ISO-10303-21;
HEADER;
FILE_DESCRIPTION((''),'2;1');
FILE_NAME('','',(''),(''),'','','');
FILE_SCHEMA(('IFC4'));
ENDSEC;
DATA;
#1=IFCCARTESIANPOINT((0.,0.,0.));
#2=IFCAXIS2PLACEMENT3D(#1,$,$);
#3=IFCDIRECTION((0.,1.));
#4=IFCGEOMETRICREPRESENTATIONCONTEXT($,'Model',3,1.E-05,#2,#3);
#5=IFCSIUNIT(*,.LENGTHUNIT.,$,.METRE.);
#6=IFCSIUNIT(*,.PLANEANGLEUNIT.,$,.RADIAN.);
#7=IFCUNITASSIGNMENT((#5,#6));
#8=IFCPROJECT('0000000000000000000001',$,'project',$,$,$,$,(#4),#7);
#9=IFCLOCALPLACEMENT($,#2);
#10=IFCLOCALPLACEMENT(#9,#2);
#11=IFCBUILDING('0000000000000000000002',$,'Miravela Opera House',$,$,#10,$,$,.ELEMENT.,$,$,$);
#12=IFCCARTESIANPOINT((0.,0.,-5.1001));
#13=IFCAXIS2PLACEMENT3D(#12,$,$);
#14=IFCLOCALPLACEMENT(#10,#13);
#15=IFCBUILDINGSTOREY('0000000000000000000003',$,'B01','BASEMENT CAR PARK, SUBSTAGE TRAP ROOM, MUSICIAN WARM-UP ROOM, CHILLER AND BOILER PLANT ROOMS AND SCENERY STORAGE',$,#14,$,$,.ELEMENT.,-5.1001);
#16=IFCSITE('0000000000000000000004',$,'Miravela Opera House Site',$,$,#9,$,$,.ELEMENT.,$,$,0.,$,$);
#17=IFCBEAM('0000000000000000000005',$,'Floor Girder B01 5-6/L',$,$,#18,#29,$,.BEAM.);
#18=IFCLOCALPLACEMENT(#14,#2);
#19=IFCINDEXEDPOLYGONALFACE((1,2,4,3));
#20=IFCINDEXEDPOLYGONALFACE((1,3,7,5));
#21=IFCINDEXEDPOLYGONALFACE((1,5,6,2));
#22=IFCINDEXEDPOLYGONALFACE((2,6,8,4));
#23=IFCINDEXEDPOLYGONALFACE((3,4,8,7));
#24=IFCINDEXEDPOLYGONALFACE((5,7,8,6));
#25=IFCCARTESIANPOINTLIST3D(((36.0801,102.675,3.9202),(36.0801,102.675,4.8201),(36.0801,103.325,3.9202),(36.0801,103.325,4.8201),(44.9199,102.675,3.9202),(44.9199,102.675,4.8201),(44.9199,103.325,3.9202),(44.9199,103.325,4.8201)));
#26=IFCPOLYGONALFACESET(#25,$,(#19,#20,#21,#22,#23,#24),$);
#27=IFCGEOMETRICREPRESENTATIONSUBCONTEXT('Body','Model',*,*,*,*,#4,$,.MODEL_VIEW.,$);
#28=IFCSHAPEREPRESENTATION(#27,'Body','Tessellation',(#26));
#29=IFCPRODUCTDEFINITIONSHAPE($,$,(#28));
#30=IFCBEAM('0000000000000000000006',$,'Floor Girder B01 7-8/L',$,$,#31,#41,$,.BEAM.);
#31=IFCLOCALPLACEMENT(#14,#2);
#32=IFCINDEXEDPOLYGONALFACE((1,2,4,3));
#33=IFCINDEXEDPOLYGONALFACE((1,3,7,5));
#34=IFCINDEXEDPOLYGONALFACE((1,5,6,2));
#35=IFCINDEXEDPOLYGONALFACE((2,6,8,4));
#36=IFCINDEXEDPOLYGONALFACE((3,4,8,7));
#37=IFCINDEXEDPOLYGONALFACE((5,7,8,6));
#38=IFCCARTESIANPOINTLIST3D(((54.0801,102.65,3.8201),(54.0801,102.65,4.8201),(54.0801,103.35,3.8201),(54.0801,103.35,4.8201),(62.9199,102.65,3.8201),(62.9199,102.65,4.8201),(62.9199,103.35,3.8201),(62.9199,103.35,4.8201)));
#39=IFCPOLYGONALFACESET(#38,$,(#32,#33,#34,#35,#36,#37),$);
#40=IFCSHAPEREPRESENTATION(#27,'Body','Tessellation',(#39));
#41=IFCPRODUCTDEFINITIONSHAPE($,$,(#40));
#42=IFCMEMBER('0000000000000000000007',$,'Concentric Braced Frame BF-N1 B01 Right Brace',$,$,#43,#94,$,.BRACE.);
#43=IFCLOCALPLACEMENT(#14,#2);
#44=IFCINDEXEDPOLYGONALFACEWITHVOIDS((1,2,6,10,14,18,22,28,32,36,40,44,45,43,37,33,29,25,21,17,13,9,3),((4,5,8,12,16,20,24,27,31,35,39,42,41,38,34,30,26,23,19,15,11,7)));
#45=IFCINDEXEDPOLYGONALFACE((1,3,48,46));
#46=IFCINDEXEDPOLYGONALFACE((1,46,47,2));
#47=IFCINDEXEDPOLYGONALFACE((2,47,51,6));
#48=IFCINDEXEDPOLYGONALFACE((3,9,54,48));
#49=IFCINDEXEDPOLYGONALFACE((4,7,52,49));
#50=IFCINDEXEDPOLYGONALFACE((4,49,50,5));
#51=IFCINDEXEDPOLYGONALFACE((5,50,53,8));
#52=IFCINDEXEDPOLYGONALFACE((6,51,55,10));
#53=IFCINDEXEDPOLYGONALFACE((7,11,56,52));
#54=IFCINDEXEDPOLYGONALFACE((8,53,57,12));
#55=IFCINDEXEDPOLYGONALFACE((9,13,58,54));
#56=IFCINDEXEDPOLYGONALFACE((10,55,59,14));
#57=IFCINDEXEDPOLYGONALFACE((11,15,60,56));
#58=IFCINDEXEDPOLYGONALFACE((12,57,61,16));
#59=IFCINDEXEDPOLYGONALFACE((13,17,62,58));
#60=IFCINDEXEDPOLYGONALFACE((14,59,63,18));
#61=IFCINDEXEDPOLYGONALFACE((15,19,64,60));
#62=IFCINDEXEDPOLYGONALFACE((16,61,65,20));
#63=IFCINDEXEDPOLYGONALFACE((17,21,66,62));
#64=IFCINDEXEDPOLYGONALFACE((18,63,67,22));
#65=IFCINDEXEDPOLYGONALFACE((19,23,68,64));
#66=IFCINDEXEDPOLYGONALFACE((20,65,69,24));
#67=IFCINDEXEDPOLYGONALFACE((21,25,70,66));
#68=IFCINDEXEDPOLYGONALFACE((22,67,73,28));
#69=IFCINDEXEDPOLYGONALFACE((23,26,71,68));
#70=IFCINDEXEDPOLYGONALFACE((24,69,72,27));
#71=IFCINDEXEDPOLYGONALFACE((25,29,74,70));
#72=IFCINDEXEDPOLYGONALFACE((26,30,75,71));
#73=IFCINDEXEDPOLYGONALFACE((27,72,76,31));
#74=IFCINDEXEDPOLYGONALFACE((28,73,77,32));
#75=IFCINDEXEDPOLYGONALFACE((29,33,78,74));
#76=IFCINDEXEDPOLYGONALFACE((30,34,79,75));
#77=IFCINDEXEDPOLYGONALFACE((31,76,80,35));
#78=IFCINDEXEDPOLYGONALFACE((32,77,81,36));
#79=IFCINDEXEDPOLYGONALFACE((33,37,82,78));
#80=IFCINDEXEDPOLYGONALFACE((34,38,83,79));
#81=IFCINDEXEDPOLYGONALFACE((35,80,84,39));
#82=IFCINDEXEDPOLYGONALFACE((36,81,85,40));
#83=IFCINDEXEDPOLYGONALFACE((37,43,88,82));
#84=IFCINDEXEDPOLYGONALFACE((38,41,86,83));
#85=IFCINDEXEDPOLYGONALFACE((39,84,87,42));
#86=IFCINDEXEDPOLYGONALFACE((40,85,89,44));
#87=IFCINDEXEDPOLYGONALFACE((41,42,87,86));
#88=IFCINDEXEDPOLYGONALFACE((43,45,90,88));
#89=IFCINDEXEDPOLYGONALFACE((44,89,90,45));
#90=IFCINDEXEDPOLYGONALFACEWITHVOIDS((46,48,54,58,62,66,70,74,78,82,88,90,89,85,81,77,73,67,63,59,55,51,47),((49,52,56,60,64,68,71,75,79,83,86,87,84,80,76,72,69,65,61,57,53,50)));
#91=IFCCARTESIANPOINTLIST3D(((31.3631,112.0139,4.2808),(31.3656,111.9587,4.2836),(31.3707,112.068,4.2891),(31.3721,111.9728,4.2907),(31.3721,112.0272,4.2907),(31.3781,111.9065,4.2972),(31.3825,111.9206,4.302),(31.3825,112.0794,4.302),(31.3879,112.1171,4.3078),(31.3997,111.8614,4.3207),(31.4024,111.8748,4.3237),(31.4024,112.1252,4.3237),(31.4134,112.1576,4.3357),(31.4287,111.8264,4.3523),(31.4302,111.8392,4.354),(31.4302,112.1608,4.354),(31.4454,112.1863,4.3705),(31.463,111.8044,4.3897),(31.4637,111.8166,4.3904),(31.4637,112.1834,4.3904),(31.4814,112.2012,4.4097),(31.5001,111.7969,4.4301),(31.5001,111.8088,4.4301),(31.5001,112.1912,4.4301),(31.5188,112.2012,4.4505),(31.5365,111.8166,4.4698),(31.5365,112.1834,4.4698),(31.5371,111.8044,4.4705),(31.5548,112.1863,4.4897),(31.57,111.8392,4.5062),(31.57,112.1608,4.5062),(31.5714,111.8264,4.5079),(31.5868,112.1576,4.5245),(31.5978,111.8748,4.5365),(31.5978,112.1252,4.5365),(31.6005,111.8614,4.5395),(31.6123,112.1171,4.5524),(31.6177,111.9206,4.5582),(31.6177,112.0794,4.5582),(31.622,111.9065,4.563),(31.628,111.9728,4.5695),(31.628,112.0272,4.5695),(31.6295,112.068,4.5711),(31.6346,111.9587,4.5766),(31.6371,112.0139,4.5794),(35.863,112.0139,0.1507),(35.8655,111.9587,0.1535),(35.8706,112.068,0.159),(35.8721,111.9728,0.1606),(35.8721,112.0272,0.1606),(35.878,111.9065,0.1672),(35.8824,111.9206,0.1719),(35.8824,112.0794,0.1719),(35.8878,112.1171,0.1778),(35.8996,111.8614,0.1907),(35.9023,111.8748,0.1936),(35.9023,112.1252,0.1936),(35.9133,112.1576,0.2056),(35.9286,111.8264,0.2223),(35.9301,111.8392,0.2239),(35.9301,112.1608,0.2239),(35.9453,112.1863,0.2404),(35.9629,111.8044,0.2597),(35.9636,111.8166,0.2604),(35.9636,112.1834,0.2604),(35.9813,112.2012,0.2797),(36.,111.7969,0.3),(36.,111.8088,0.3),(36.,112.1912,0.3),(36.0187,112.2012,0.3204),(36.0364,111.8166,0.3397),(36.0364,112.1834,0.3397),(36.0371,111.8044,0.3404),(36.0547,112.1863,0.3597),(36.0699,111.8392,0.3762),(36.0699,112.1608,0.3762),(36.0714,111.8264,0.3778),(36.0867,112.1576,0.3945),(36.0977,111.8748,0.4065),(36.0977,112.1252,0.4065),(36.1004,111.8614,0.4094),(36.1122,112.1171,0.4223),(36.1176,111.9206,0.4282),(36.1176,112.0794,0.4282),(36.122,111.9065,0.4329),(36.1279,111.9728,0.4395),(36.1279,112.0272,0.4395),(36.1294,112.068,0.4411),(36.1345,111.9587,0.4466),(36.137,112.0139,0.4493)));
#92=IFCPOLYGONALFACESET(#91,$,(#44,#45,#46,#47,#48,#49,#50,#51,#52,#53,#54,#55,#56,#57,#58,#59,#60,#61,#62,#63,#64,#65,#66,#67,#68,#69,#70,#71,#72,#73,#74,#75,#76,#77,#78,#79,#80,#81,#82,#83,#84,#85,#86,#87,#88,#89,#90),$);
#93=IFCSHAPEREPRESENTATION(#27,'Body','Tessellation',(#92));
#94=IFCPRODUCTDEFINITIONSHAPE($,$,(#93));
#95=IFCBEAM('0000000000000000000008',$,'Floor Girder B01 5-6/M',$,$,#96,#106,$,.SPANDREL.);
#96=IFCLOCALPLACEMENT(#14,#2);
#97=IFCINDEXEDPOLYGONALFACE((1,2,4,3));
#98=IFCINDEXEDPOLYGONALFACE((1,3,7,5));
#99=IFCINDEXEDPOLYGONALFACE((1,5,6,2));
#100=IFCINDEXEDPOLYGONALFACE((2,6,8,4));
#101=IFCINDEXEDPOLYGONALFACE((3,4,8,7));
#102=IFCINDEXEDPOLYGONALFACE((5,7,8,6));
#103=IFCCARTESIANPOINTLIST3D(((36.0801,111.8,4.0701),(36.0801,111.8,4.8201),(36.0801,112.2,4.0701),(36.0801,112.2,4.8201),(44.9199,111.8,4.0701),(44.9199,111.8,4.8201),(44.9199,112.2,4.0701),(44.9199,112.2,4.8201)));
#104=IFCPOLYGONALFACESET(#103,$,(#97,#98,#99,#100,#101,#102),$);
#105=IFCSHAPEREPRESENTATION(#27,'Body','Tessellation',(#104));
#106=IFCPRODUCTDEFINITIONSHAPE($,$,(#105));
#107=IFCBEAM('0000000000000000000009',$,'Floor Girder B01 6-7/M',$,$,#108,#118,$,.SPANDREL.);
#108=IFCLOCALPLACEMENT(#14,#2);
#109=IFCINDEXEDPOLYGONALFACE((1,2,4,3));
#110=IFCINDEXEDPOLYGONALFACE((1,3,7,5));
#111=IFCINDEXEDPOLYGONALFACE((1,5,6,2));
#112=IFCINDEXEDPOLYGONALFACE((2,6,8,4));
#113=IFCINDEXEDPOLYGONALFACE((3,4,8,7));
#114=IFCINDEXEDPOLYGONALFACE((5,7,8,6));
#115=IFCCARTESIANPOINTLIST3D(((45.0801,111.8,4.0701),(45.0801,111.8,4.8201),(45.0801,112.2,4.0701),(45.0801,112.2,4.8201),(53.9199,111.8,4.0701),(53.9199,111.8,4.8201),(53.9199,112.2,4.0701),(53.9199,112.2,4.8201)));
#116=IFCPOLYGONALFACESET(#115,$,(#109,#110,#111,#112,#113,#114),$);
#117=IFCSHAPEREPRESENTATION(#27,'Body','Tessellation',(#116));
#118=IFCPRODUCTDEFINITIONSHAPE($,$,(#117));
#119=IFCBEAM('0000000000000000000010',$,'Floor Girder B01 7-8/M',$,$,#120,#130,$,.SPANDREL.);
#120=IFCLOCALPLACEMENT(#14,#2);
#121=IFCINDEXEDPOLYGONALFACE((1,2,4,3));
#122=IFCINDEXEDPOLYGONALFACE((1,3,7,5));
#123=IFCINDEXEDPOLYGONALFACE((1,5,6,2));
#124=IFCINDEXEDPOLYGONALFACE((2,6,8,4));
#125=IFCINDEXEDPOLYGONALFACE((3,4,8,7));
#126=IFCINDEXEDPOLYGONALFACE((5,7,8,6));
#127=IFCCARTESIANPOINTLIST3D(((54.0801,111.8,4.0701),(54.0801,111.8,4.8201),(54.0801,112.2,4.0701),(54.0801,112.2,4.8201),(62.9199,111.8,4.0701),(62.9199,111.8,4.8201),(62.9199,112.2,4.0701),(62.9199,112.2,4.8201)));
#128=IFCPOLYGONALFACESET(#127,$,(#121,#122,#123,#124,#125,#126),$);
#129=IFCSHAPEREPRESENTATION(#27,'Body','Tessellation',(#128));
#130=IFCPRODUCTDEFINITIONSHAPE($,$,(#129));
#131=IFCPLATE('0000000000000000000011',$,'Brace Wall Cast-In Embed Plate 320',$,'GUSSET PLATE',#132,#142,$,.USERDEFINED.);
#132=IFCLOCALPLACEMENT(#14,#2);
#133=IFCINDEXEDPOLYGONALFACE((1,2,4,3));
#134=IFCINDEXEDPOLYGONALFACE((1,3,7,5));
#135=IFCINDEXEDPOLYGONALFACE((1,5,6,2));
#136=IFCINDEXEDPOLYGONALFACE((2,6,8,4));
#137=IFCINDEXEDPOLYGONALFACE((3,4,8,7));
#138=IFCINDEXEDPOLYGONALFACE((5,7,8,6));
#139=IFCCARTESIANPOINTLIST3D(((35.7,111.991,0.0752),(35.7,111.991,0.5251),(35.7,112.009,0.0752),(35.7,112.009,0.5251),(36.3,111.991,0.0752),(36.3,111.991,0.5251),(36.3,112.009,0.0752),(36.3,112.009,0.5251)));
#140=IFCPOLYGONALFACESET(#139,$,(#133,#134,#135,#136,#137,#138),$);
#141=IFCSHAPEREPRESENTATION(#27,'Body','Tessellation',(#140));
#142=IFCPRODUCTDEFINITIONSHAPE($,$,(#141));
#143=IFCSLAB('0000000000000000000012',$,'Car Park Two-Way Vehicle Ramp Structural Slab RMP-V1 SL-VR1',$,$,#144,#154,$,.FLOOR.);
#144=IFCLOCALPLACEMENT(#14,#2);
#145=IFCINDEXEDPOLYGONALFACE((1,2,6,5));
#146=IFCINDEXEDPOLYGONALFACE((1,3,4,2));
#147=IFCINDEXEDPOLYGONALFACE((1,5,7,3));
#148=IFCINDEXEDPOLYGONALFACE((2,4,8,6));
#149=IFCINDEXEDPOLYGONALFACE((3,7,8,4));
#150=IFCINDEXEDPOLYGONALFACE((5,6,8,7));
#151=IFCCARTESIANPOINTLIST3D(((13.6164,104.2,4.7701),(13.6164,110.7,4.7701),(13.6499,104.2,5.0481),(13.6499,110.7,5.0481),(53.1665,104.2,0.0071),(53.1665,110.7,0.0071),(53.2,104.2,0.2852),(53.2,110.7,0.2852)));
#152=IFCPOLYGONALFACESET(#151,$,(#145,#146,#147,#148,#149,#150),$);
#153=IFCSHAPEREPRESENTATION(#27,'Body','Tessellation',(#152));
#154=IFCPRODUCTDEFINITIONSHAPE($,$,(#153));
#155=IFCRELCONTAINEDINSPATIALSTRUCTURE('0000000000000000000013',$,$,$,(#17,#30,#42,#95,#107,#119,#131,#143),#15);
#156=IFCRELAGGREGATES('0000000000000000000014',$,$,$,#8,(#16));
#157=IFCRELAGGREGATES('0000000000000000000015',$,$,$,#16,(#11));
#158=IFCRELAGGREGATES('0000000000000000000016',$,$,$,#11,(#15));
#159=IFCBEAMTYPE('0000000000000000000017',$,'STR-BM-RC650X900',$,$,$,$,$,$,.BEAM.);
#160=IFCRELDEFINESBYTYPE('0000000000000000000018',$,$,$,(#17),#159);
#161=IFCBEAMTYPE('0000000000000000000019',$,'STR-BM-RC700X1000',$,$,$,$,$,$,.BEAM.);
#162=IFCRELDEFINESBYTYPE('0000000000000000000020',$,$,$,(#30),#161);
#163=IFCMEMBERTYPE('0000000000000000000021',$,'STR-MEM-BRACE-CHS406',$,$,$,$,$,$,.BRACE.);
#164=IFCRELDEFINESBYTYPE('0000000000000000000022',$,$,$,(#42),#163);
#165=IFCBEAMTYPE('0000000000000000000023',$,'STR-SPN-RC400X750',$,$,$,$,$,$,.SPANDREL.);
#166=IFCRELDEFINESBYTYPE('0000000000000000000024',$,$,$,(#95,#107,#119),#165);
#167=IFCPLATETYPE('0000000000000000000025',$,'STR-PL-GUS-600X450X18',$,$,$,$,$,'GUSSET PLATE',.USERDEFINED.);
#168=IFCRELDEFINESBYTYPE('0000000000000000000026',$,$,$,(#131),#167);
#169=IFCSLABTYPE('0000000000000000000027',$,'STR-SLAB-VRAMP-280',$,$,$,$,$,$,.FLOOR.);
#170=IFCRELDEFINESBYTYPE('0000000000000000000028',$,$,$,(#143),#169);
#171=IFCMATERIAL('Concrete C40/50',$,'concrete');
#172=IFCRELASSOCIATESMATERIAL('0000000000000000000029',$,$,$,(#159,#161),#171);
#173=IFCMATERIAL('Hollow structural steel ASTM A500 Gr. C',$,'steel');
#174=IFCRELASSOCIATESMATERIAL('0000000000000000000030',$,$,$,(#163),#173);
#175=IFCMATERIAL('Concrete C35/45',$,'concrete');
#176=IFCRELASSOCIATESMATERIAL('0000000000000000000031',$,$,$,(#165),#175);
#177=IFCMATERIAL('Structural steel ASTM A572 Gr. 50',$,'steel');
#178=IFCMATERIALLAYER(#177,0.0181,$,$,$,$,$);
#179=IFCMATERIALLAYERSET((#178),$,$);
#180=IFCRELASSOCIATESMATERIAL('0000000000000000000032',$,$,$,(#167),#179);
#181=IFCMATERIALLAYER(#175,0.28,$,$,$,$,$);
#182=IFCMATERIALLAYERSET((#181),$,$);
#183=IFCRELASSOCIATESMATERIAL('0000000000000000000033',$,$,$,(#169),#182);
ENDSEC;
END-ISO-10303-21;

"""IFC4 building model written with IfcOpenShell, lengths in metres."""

from ifc_helpers import new_model, si_unit, direction, frame, origin, origin_2d, place, context, subcontext, project, spatial, polyline, rectangle, hollow_circle, outline, extrude, material, layer, layer_set, material_profile, profile_set, type_object, element, save


model = new_model("IFC4")

# Units and contexts
model_context = context("Model", 3, precision=1e-05, world=origin(), true_north=direction((0.0, 1.0)))
body_context = subcontext(model_context, "Body", "Model", "MODEL_VIEW")
ifc_project = project(units=[si_unit("LENGTHUNIT", "METRE"), si_unit("PLANEANGLEUNIT", "RADIAN")], contexts=[model_context])

# Site, building, storey
site_placement = place(None, origin())
site = spatial("IfcSite", under=ifc_project, at=site_placement, Name="Miravela Opera House Site", CompositionType="ELEMENT", RefElevation=0.0)
building_placement = place(site_placement, origin())
building = spatial("IfcBuilding", under=site, at=building_placement, Name="Miravela Opera House", CompositionType="ELEMENT")
storey_placement = place(building_placement, frame((0.0, 0.0, -5.1001)))
storey = spatial("IfcBuildingStorey", under=building, at=storey_placement, Name="B01", Description="BASEMENT CAR PARK, SUBSTAGE TRAP ROOM, MUSICIAN WARM-UP ROOM, CHILLER AND BOILER PLANT ROOMS AND SCENERY STORAGE", CompositionType="ELEMENT", Elevation=-5.1001)

# Shared definitions
ifc_material_1 = material(Name="Concrete C35/45", Category="concrete")

# Shared definitions
ifc_material_2 = material(Name="Concrete C40/50", Category="concrete")

# Beams
ifc_material_profile_1 = material_profile(ifc_material_2, rectangle(XDim=0.6499, YDim=0.8999, at=origin_2d()), Name="RC-BM-650X900")
ifc_profile_set_1 = profile_set([ifc_material_profile_1])
beam_type_1 = type_object("IfcBeamType", Name="STR-BM-RC650X900", PredefinedType="BEAM", material=ifc_profile_set_1)
beam_1_placement = place(storey_placement, frame((36.0801, 103.0, 4.3701), z_axis=(1.0, 0.0, 0.0), x_axis=(0.0, 1.0, 0.0)))
element("IfcBeam", 1, at=beam_1_placement, inside=storey, type_object=beam_type_1, Name="Floor Girder B01 5-6/L", PredefinedType="BEAM", context=body_context, shape_type="SweptSolid", body=[
    extrude(rectangle(XDim=0.6499, YDim=0.8999, at=origin_2d()), origin(), (0.0, 0.0, 1.0), 8.8398),
])
ifc_material_profile_2 = material_profile(ifc_material_2, rectangle(XDim=0.7, YDim=1.0, at=origin_2d()), Name="RC-BM-700X1000")
ifc_profile_set_2 = profile_set([ifc_material_profile_2])
beam_type_2 = type_object("IfcBeamType", Name="STR-BM-RC700X1000", PredefinedType="BEAM", material=ifc_profile_set_2)
beam_2_placement = place(storey_placement, frame((54.0801, 103.0, 4.3201), z_axis=(1.0, 0.0, 0.0), x_axis=(0.0, 1.0, 0.0)))
element("IfcBeam", 2, at=beam_2_placement, inside=storey, type_object=beam_type_2, Name="Floor Girder B01 7-8/L", PredefinedType="BEAM", context=body_context, shape_type="SweptSolid", body=[
    extrude(rectangle(XDim=0.7, YDim=1.0, at=origin_2d()), origin(), (0.0, 0.0, 1.0), 8.8398),
])

# Member
ifc_material_3 = material(Name="Hollow structural steel ASTM A500 Gr. C", Category="steel")
ifc_material_profile_3 = material_profile(ifc_material_3, hollow_circle(Radius=0.2031, WallThickness=0.012, at=origin_2d()), Name="CHS406X12")
ifc_profile_set_3 = profile_set([ifc_material_profile_3])
member_type = type_object("IfcMemberType", Name="STR-MEM-BRACE-CHS406", PredefinedType="BRACE", material=ifc_profile_set_3)
member_placement = place(storey_placement, frame((36.0, 112.0, 0.3), z_axis=(-0.736736, 0.0, 0.676181), x_axis=(0.0, -1.0, 0.0)))
element("IfcMember", 3, at=member_placement, inside=storey, type_object=member_type, Name="Concentric Braced Frame BF-N1 B01 Right Brace", PredefinedType="BRACE", context=body_context, shape_type="SweptSolid", body=[
    extrude(hollow_circle(Radius=0.2031, WallThickness=0.012, at=origin_2d()), origin(), (0.0, 0.0, 1.0), 6.1079),
])

# Beams
ifc_material_profile_4 = material_profile(ifc_material_1, rectangle(XDim=0.3999, YDim=0.75, at=origin_2d()), Name="RC-SPN-400X750")
ifc_profile_set_4 = profile_set([ifc_material_profile_4])
beam_type_3 = type_object("IfcBeamType", Name="STR-SPN-RC400X750", PredefinedType="SPANDREL", material=ifc_profile_set_4)
for number, where, z_axis, x_axis, name in (
    (4, (36.0801, 112.0, 4.4451), (1.0, 0.0, 0.0), (0.0, 1.0, 0.0), "Floor Girder B01 5-6/M"),
    (5, (45.0801, 112.0, 4.4451), (1.0, 0.0, 0.0), (0.0, 1.0, 0.0), "Floor Girder B01 6-7/M"),
    (6, (54.0801, 112.0, 4.4451), (1.0, 0.0, 0.0), (0.0, 1.0, 0.0), "Floor Girder B01 7-8/M"),
):
    element("IfcBeam", number, at=place(storey_placement, frame(where, z_axis=z_axis, x_axis=x_axis)), inside=storey, type_object=beam_type_3, Name=name, PredefinedType="SPANDREL", context=body_context, shape_type="SweptSolid", body=[
        extrude(rectangle(XDim=0.3999, YDim=0.75, at=origin_2d()), origin(), (0.0, 0.0, 1.0), 8.8398),
    ])

# Plate
ifc_material_4 = material(Name="Structural steel ASTM A572 Gr. 50", Category="steel")
ifc_layer_1 = layer(ifc_material_4, 0.0181)
ifc_layer_set_1 = layer_set([ifc_layer_1])
plate_type = type_object("IfcPlateType", Name="STR-PL-GUS-600X450X18", ElementType="GUSSET PLATE", PredefinedType="USERDEFINED", material=ifc_layer_set_1)
plate_placement = place(storey_placement, frame((36.0, 112.0, 0.0752), z_axis=(0.0, 0.0, 1.0), x_axis=(1.0, 0.0, 0.0)))
element("IfcPlate", 7, at=plate_placement, inside=storey, type_object=plate_type, Name="Brace Wall Cast-In Embed Plate 320", ObjectType="GUSSET PLATE", PredefinedType="USERDEFINED", context=body_context, shape_type="SweptSolid", body=[
    extrude(rectangle(XDim=0.6001, YDim=0.0181, at=origin_2d()), origin(), (0.0, 0.0, 1.0), 0.45),
])

# Slab
ifc_layer_2 = layer(ifc_material_1, 0.28)
ifc_layer_set_2 = layer_set([ifc_layer_2])
slab_type = type_object("IfcSlabType", Name="STR-SLAB-VRAMP-280", PredefinedType="FLOOR", material=ifc_layer_set_2)
slab_placement = place(storey_placement, frame((53.2, 104.2, 0.2852), z_axis=(0.119564, 0.0, 0.992826), x_axis=(-0.992826, 0.0, 0.119564)))
element("IfcSlab", 8, at=slab_placement, inside=storey, type_object=slab_type, Name="Car Park Two-Way Vehicle Ramp Structural Slab RMP-V1 SL-VR1", PredefinedType="FLOOR", context=body_context, shape_type="SweptSolid", body=[
    extrude(outline(polyline([(0.0, 0.0), (39.8358, 0.0), (39.8358, -6.5), (0.0, -6.5), (0.0, 0.0)])), origin(), (0.0, 0.0, -1.0), 0.28),
])

save(model, "model.ifc")
